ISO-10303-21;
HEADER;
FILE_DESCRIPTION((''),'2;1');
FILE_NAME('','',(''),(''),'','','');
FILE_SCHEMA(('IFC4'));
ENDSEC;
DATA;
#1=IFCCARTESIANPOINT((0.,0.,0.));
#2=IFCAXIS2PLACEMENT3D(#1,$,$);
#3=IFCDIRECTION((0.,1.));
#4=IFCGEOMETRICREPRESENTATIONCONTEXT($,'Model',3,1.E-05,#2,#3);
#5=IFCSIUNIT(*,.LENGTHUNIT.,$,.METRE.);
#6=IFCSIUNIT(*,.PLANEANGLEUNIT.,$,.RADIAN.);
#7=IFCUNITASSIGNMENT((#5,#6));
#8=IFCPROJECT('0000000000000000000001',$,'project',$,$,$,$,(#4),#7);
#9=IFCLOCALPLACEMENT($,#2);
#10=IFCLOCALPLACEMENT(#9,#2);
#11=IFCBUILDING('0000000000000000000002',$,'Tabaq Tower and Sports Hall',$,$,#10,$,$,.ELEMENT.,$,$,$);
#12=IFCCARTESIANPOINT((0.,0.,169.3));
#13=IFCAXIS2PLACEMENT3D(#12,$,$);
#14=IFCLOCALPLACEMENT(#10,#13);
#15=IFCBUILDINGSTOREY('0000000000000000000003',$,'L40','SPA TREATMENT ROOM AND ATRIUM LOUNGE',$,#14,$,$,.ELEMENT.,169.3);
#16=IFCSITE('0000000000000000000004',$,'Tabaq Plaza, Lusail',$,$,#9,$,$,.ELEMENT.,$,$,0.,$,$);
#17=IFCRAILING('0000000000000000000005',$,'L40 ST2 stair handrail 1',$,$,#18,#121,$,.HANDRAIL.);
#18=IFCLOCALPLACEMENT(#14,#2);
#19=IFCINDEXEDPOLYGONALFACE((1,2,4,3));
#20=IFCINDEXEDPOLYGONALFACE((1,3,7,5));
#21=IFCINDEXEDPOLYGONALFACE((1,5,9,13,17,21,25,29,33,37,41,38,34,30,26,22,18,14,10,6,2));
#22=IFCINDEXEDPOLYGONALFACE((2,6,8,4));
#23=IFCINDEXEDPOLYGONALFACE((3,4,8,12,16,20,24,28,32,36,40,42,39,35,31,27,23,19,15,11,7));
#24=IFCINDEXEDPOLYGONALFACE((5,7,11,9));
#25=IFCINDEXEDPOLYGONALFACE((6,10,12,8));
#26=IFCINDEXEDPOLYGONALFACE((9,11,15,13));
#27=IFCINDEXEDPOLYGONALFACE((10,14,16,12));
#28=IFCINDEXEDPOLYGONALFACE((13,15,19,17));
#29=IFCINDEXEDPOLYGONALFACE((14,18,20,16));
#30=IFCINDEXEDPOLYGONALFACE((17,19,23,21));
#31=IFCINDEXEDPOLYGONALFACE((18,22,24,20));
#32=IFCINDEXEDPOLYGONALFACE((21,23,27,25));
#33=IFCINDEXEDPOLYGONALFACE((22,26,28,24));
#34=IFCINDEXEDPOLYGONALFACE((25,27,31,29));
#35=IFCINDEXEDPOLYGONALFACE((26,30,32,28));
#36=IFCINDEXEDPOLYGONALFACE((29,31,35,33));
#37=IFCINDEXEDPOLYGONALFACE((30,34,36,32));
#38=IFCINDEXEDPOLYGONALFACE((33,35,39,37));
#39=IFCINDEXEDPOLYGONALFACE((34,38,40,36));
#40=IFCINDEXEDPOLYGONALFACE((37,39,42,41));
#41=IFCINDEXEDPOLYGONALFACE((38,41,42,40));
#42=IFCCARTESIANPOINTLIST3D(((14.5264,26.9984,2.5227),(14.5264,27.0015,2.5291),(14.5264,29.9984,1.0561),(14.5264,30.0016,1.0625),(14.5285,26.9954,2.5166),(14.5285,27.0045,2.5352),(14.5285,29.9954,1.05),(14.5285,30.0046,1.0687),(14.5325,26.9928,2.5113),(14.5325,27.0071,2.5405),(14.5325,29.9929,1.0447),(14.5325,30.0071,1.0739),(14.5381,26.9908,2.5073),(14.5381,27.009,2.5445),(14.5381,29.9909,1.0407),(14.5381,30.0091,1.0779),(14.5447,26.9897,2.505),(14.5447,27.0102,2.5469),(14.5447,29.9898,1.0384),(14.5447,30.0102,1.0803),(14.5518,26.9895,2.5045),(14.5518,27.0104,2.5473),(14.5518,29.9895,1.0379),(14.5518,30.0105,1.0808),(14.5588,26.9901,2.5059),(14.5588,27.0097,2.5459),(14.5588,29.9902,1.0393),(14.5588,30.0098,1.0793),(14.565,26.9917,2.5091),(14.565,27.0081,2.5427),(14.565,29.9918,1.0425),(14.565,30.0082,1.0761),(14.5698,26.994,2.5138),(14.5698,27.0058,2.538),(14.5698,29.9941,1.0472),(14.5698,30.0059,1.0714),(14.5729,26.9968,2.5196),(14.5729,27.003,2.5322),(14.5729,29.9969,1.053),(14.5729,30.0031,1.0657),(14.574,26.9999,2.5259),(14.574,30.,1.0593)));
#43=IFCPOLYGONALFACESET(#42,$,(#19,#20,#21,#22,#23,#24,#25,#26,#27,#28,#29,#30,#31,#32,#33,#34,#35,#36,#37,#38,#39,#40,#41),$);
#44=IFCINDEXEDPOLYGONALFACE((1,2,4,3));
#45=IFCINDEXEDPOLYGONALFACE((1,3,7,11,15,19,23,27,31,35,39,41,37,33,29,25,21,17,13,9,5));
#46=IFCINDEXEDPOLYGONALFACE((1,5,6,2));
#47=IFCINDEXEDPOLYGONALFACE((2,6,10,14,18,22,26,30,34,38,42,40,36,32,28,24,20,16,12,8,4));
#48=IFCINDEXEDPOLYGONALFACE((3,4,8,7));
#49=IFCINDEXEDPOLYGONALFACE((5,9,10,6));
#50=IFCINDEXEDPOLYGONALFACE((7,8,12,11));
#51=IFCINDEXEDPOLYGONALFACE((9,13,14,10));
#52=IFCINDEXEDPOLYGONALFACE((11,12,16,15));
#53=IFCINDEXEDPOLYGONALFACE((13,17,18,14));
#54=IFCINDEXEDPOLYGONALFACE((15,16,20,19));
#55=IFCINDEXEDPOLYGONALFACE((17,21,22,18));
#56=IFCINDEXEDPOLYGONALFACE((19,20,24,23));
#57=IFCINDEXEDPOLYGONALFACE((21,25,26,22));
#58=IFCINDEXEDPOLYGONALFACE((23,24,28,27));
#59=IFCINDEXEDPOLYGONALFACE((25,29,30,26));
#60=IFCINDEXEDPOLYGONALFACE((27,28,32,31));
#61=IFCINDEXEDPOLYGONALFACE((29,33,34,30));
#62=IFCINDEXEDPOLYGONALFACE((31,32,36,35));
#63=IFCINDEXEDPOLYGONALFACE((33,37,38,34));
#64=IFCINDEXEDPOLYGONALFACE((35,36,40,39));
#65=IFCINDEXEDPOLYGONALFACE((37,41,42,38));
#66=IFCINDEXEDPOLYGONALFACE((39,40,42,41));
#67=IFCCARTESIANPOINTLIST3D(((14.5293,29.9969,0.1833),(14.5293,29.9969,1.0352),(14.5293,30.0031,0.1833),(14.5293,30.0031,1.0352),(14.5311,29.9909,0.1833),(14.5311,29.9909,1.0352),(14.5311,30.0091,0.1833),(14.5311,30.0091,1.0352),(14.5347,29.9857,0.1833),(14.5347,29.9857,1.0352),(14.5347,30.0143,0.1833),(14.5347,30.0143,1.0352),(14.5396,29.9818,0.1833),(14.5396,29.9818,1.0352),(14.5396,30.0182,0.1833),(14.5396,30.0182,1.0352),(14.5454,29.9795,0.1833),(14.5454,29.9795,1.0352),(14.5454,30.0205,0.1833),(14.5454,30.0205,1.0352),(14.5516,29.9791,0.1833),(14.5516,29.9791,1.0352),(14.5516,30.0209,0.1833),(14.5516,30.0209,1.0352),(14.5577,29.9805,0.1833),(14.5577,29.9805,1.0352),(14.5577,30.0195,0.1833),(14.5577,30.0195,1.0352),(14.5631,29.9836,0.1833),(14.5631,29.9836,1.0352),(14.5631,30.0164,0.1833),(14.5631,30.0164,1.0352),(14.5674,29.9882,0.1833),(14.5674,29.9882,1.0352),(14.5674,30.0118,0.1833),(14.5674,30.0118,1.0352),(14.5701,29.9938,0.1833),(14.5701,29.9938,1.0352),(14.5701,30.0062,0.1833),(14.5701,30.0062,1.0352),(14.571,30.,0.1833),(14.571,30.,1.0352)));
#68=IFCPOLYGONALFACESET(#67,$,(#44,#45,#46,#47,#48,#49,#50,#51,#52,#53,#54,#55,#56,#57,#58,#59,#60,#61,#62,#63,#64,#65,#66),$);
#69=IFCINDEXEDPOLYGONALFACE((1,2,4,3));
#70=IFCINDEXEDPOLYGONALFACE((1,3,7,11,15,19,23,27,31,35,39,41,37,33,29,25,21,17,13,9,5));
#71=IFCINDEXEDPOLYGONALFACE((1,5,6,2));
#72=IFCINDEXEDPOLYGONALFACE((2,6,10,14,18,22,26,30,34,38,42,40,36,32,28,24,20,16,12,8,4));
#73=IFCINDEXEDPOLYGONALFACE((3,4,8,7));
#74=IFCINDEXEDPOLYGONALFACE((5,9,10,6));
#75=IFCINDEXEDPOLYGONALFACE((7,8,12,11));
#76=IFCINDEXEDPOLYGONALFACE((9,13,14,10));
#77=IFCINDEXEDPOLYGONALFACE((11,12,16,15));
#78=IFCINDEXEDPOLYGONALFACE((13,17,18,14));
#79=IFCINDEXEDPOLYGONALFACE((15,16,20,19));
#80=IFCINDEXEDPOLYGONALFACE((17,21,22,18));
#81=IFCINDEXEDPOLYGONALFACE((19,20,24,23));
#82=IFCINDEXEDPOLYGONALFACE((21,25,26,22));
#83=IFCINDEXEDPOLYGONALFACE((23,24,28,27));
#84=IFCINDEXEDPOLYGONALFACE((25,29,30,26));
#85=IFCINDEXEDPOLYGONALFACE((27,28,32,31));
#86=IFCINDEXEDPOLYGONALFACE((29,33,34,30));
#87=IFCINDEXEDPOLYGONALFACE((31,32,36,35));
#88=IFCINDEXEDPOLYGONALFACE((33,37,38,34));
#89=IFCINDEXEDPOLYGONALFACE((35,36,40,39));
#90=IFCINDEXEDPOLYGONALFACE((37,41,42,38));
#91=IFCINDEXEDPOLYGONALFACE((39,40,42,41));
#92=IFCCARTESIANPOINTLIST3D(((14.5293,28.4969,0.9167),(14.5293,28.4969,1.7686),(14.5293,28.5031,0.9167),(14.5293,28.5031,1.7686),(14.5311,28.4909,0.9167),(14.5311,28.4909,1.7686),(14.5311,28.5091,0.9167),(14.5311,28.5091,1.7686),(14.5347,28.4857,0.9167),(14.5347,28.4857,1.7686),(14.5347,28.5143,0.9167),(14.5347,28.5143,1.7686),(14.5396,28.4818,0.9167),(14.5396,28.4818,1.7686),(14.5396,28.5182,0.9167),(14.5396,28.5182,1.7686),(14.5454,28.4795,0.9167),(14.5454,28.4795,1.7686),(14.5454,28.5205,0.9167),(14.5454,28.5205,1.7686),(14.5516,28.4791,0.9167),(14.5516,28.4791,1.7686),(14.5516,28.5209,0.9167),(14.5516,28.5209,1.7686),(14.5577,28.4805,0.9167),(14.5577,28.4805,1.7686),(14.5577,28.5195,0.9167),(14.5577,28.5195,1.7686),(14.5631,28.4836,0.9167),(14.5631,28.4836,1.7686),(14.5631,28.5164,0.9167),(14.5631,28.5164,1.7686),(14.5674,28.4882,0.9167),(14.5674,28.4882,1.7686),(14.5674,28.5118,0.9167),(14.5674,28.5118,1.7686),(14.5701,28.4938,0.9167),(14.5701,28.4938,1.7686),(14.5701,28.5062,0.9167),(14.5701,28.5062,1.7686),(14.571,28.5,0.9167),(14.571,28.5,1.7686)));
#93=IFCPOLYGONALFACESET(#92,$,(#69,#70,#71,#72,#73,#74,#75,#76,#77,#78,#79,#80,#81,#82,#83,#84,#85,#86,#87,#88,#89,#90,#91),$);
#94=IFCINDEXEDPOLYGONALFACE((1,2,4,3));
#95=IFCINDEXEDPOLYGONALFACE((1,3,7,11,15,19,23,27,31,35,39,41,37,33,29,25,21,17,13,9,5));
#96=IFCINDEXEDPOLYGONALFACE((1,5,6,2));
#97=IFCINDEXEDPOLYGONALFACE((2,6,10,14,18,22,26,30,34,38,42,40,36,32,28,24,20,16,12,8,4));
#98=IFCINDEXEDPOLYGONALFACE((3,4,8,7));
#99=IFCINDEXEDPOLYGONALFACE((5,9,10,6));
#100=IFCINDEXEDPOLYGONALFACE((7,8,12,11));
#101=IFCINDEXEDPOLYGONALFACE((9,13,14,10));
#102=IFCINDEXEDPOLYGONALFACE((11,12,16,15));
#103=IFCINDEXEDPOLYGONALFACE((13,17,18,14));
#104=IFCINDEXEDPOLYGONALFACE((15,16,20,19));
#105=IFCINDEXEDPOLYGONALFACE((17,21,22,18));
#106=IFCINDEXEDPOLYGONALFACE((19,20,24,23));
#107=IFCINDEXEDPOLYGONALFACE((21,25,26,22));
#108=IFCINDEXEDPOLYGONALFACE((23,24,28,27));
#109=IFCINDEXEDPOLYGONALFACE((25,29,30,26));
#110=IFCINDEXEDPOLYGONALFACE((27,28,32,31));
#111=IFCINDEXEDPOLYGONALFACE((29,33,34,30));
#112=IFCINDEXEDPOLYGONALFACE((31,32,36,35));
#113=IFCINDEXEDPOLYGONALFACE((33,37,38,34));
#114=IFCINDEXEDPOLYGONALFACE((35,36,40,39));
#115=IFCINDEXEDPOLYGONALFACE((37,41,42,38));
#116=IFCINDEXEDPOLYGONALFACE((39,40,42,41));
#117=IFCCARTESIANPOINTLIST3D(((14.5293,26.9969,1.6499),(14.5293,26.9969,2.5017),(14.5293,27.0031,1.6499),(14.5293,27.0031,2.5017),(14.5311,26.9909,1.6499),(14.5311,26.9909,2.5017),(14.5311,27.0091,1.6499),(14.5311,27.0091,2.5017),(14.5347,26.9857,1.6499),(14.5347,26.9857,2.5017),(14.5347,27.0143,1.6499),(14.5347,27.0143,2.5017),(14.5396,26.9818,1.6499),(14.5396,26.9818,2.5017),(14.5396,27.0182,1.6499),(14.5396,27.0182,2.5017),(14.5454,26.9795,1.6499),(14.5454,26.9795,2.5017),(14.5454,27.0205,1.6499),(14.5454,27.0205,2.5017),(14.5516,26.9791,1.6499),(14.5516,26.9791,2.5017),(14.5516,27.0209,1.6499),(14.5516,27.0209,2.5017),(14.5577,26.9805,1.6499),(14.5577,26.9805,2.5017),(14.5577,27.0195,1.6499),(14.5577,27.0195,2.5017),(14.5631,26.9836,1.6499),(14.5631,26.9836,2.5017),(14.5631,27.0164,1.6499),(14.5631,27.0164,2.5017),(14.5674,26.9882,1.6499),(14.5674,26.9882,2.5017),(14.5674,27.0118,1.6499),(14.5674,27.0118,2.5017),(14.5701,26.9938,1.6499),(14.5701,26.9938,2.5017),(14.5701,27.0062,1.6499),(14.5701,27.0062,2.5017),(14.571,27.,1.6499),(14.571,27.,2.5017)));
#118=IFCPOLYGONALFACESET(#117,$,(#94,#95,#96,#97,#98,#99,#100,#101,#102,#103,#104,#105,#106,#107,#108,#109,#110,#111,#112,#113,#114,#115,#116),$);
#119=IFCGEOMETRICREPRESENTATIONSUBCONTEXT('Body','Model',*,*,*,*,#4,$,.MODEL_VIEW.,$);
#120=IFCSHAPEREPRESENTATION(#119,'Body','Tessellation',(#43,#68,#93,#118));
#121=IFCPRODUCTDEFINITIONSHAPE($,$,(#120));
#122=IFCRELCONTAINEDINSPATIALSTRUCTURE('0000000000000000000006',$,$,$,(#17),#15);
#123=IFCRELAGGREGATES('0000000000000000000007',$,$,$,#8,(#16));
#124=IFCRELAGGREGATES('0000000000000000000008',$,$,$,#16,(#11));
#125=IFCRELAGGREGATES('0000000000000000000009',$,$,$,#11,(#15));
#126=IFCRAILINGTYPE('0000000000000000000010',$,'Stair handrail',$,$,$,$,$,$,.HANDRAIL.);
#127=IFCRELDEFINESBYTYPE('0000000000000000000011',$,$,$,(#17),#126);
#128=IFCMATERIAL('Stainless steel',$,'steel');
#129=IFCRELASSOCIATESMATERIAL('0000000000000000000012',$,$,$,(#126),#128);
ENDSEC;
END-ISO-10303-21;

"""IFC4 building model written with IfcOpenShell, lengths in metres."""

from ifc_helpers import new_model, si_unit, direction, frame, origin, origin_2d, place, context, subcontext, project, spatial, circle, extrude, material, type_object, element, save


model = new_model("IFC4")

# Units and contexts
model_context = context("Model", 3, precision=1e-05, world=origin(), true_north=direction((0.0, 1.0)))
body_context = subcontext(model_context, "Body", "Model", "MODEL_VIEW")
ifc_project = project(units=[si_unit("LENGTHUNIT", "METRE"), si_unit("PLANEANGLEUNIT", "RADIAN")], contexts=[model_context])

# Site, building, storey
site_placement = place(None, origin())
site = spatial("IfcSite", under=ifc_project, at=site_placement, Name="Tabaq Plaza, Lusail", CompositionType="ELEMENT", RefElevation=0.0)
building_placement = place(site_placement, origin())
building = spatial("IfcBuilding", under=site, at=building_placement, Name="Tabaq Tower and Sports Hall", CompositionType="ELEMENT")
storey_placement = place(building_placement, frame((0.0, 0.0, 169.3)))
storey = spatial("IfcBuildingStorey", under=building, at=storey_placement, Name="L40", Description="SPA TREATMENT ROOM AND ATRIUM LOUNGE", CompositionType="ELEMENT", Elevation=169.3)

# Railing
ifc_material_1 = material(Name="Stainless steel", Category="steel")
railing_type_1 = type_object("IfcRailingType", Name="Stair handrail", PredefinedType="HANDRAIL", material=ifc_material_1)
railing_1_placement = place(storey_placement, frame((14.55, 30.0, 0.1833)))
element("IfcRailing", 1, at=railing_1_placement, inside=storey, type_object=railing_type_1, Name="L40 ST2 stair handrail 1", PredefinedType="HANDRAIL", context=body_context, shape_type="SweptSolid", body=[
    extrude(circle(Radius=0.0239, at=origin_2d()), frame((0.0, 0.0, 0.876), z_axis=(0.0, -0.898398, 0.439183), x_axis=(1.0, 0.0, 0.0)), (0.0, 0.0, 1.0), 3.3394),
    extrude(circle(Radius=0.021, at=origin_2d()), origin(), (0.0, 0.0, 1.0), 0.8518),
    extrude(circle(Radius=0.021, at=origin_2d()), frame((0.0, -1.5, 0.7334)), (0.0, 0.0, 1.0), 0.8518),
    extrude(circle(Radius=0.021, at=origin_2d()), frame((0.0, -3.0, 1.4666)), (0.0, 0.0, 1.0), 0.8518),
])

save(model, "model.ifc")
